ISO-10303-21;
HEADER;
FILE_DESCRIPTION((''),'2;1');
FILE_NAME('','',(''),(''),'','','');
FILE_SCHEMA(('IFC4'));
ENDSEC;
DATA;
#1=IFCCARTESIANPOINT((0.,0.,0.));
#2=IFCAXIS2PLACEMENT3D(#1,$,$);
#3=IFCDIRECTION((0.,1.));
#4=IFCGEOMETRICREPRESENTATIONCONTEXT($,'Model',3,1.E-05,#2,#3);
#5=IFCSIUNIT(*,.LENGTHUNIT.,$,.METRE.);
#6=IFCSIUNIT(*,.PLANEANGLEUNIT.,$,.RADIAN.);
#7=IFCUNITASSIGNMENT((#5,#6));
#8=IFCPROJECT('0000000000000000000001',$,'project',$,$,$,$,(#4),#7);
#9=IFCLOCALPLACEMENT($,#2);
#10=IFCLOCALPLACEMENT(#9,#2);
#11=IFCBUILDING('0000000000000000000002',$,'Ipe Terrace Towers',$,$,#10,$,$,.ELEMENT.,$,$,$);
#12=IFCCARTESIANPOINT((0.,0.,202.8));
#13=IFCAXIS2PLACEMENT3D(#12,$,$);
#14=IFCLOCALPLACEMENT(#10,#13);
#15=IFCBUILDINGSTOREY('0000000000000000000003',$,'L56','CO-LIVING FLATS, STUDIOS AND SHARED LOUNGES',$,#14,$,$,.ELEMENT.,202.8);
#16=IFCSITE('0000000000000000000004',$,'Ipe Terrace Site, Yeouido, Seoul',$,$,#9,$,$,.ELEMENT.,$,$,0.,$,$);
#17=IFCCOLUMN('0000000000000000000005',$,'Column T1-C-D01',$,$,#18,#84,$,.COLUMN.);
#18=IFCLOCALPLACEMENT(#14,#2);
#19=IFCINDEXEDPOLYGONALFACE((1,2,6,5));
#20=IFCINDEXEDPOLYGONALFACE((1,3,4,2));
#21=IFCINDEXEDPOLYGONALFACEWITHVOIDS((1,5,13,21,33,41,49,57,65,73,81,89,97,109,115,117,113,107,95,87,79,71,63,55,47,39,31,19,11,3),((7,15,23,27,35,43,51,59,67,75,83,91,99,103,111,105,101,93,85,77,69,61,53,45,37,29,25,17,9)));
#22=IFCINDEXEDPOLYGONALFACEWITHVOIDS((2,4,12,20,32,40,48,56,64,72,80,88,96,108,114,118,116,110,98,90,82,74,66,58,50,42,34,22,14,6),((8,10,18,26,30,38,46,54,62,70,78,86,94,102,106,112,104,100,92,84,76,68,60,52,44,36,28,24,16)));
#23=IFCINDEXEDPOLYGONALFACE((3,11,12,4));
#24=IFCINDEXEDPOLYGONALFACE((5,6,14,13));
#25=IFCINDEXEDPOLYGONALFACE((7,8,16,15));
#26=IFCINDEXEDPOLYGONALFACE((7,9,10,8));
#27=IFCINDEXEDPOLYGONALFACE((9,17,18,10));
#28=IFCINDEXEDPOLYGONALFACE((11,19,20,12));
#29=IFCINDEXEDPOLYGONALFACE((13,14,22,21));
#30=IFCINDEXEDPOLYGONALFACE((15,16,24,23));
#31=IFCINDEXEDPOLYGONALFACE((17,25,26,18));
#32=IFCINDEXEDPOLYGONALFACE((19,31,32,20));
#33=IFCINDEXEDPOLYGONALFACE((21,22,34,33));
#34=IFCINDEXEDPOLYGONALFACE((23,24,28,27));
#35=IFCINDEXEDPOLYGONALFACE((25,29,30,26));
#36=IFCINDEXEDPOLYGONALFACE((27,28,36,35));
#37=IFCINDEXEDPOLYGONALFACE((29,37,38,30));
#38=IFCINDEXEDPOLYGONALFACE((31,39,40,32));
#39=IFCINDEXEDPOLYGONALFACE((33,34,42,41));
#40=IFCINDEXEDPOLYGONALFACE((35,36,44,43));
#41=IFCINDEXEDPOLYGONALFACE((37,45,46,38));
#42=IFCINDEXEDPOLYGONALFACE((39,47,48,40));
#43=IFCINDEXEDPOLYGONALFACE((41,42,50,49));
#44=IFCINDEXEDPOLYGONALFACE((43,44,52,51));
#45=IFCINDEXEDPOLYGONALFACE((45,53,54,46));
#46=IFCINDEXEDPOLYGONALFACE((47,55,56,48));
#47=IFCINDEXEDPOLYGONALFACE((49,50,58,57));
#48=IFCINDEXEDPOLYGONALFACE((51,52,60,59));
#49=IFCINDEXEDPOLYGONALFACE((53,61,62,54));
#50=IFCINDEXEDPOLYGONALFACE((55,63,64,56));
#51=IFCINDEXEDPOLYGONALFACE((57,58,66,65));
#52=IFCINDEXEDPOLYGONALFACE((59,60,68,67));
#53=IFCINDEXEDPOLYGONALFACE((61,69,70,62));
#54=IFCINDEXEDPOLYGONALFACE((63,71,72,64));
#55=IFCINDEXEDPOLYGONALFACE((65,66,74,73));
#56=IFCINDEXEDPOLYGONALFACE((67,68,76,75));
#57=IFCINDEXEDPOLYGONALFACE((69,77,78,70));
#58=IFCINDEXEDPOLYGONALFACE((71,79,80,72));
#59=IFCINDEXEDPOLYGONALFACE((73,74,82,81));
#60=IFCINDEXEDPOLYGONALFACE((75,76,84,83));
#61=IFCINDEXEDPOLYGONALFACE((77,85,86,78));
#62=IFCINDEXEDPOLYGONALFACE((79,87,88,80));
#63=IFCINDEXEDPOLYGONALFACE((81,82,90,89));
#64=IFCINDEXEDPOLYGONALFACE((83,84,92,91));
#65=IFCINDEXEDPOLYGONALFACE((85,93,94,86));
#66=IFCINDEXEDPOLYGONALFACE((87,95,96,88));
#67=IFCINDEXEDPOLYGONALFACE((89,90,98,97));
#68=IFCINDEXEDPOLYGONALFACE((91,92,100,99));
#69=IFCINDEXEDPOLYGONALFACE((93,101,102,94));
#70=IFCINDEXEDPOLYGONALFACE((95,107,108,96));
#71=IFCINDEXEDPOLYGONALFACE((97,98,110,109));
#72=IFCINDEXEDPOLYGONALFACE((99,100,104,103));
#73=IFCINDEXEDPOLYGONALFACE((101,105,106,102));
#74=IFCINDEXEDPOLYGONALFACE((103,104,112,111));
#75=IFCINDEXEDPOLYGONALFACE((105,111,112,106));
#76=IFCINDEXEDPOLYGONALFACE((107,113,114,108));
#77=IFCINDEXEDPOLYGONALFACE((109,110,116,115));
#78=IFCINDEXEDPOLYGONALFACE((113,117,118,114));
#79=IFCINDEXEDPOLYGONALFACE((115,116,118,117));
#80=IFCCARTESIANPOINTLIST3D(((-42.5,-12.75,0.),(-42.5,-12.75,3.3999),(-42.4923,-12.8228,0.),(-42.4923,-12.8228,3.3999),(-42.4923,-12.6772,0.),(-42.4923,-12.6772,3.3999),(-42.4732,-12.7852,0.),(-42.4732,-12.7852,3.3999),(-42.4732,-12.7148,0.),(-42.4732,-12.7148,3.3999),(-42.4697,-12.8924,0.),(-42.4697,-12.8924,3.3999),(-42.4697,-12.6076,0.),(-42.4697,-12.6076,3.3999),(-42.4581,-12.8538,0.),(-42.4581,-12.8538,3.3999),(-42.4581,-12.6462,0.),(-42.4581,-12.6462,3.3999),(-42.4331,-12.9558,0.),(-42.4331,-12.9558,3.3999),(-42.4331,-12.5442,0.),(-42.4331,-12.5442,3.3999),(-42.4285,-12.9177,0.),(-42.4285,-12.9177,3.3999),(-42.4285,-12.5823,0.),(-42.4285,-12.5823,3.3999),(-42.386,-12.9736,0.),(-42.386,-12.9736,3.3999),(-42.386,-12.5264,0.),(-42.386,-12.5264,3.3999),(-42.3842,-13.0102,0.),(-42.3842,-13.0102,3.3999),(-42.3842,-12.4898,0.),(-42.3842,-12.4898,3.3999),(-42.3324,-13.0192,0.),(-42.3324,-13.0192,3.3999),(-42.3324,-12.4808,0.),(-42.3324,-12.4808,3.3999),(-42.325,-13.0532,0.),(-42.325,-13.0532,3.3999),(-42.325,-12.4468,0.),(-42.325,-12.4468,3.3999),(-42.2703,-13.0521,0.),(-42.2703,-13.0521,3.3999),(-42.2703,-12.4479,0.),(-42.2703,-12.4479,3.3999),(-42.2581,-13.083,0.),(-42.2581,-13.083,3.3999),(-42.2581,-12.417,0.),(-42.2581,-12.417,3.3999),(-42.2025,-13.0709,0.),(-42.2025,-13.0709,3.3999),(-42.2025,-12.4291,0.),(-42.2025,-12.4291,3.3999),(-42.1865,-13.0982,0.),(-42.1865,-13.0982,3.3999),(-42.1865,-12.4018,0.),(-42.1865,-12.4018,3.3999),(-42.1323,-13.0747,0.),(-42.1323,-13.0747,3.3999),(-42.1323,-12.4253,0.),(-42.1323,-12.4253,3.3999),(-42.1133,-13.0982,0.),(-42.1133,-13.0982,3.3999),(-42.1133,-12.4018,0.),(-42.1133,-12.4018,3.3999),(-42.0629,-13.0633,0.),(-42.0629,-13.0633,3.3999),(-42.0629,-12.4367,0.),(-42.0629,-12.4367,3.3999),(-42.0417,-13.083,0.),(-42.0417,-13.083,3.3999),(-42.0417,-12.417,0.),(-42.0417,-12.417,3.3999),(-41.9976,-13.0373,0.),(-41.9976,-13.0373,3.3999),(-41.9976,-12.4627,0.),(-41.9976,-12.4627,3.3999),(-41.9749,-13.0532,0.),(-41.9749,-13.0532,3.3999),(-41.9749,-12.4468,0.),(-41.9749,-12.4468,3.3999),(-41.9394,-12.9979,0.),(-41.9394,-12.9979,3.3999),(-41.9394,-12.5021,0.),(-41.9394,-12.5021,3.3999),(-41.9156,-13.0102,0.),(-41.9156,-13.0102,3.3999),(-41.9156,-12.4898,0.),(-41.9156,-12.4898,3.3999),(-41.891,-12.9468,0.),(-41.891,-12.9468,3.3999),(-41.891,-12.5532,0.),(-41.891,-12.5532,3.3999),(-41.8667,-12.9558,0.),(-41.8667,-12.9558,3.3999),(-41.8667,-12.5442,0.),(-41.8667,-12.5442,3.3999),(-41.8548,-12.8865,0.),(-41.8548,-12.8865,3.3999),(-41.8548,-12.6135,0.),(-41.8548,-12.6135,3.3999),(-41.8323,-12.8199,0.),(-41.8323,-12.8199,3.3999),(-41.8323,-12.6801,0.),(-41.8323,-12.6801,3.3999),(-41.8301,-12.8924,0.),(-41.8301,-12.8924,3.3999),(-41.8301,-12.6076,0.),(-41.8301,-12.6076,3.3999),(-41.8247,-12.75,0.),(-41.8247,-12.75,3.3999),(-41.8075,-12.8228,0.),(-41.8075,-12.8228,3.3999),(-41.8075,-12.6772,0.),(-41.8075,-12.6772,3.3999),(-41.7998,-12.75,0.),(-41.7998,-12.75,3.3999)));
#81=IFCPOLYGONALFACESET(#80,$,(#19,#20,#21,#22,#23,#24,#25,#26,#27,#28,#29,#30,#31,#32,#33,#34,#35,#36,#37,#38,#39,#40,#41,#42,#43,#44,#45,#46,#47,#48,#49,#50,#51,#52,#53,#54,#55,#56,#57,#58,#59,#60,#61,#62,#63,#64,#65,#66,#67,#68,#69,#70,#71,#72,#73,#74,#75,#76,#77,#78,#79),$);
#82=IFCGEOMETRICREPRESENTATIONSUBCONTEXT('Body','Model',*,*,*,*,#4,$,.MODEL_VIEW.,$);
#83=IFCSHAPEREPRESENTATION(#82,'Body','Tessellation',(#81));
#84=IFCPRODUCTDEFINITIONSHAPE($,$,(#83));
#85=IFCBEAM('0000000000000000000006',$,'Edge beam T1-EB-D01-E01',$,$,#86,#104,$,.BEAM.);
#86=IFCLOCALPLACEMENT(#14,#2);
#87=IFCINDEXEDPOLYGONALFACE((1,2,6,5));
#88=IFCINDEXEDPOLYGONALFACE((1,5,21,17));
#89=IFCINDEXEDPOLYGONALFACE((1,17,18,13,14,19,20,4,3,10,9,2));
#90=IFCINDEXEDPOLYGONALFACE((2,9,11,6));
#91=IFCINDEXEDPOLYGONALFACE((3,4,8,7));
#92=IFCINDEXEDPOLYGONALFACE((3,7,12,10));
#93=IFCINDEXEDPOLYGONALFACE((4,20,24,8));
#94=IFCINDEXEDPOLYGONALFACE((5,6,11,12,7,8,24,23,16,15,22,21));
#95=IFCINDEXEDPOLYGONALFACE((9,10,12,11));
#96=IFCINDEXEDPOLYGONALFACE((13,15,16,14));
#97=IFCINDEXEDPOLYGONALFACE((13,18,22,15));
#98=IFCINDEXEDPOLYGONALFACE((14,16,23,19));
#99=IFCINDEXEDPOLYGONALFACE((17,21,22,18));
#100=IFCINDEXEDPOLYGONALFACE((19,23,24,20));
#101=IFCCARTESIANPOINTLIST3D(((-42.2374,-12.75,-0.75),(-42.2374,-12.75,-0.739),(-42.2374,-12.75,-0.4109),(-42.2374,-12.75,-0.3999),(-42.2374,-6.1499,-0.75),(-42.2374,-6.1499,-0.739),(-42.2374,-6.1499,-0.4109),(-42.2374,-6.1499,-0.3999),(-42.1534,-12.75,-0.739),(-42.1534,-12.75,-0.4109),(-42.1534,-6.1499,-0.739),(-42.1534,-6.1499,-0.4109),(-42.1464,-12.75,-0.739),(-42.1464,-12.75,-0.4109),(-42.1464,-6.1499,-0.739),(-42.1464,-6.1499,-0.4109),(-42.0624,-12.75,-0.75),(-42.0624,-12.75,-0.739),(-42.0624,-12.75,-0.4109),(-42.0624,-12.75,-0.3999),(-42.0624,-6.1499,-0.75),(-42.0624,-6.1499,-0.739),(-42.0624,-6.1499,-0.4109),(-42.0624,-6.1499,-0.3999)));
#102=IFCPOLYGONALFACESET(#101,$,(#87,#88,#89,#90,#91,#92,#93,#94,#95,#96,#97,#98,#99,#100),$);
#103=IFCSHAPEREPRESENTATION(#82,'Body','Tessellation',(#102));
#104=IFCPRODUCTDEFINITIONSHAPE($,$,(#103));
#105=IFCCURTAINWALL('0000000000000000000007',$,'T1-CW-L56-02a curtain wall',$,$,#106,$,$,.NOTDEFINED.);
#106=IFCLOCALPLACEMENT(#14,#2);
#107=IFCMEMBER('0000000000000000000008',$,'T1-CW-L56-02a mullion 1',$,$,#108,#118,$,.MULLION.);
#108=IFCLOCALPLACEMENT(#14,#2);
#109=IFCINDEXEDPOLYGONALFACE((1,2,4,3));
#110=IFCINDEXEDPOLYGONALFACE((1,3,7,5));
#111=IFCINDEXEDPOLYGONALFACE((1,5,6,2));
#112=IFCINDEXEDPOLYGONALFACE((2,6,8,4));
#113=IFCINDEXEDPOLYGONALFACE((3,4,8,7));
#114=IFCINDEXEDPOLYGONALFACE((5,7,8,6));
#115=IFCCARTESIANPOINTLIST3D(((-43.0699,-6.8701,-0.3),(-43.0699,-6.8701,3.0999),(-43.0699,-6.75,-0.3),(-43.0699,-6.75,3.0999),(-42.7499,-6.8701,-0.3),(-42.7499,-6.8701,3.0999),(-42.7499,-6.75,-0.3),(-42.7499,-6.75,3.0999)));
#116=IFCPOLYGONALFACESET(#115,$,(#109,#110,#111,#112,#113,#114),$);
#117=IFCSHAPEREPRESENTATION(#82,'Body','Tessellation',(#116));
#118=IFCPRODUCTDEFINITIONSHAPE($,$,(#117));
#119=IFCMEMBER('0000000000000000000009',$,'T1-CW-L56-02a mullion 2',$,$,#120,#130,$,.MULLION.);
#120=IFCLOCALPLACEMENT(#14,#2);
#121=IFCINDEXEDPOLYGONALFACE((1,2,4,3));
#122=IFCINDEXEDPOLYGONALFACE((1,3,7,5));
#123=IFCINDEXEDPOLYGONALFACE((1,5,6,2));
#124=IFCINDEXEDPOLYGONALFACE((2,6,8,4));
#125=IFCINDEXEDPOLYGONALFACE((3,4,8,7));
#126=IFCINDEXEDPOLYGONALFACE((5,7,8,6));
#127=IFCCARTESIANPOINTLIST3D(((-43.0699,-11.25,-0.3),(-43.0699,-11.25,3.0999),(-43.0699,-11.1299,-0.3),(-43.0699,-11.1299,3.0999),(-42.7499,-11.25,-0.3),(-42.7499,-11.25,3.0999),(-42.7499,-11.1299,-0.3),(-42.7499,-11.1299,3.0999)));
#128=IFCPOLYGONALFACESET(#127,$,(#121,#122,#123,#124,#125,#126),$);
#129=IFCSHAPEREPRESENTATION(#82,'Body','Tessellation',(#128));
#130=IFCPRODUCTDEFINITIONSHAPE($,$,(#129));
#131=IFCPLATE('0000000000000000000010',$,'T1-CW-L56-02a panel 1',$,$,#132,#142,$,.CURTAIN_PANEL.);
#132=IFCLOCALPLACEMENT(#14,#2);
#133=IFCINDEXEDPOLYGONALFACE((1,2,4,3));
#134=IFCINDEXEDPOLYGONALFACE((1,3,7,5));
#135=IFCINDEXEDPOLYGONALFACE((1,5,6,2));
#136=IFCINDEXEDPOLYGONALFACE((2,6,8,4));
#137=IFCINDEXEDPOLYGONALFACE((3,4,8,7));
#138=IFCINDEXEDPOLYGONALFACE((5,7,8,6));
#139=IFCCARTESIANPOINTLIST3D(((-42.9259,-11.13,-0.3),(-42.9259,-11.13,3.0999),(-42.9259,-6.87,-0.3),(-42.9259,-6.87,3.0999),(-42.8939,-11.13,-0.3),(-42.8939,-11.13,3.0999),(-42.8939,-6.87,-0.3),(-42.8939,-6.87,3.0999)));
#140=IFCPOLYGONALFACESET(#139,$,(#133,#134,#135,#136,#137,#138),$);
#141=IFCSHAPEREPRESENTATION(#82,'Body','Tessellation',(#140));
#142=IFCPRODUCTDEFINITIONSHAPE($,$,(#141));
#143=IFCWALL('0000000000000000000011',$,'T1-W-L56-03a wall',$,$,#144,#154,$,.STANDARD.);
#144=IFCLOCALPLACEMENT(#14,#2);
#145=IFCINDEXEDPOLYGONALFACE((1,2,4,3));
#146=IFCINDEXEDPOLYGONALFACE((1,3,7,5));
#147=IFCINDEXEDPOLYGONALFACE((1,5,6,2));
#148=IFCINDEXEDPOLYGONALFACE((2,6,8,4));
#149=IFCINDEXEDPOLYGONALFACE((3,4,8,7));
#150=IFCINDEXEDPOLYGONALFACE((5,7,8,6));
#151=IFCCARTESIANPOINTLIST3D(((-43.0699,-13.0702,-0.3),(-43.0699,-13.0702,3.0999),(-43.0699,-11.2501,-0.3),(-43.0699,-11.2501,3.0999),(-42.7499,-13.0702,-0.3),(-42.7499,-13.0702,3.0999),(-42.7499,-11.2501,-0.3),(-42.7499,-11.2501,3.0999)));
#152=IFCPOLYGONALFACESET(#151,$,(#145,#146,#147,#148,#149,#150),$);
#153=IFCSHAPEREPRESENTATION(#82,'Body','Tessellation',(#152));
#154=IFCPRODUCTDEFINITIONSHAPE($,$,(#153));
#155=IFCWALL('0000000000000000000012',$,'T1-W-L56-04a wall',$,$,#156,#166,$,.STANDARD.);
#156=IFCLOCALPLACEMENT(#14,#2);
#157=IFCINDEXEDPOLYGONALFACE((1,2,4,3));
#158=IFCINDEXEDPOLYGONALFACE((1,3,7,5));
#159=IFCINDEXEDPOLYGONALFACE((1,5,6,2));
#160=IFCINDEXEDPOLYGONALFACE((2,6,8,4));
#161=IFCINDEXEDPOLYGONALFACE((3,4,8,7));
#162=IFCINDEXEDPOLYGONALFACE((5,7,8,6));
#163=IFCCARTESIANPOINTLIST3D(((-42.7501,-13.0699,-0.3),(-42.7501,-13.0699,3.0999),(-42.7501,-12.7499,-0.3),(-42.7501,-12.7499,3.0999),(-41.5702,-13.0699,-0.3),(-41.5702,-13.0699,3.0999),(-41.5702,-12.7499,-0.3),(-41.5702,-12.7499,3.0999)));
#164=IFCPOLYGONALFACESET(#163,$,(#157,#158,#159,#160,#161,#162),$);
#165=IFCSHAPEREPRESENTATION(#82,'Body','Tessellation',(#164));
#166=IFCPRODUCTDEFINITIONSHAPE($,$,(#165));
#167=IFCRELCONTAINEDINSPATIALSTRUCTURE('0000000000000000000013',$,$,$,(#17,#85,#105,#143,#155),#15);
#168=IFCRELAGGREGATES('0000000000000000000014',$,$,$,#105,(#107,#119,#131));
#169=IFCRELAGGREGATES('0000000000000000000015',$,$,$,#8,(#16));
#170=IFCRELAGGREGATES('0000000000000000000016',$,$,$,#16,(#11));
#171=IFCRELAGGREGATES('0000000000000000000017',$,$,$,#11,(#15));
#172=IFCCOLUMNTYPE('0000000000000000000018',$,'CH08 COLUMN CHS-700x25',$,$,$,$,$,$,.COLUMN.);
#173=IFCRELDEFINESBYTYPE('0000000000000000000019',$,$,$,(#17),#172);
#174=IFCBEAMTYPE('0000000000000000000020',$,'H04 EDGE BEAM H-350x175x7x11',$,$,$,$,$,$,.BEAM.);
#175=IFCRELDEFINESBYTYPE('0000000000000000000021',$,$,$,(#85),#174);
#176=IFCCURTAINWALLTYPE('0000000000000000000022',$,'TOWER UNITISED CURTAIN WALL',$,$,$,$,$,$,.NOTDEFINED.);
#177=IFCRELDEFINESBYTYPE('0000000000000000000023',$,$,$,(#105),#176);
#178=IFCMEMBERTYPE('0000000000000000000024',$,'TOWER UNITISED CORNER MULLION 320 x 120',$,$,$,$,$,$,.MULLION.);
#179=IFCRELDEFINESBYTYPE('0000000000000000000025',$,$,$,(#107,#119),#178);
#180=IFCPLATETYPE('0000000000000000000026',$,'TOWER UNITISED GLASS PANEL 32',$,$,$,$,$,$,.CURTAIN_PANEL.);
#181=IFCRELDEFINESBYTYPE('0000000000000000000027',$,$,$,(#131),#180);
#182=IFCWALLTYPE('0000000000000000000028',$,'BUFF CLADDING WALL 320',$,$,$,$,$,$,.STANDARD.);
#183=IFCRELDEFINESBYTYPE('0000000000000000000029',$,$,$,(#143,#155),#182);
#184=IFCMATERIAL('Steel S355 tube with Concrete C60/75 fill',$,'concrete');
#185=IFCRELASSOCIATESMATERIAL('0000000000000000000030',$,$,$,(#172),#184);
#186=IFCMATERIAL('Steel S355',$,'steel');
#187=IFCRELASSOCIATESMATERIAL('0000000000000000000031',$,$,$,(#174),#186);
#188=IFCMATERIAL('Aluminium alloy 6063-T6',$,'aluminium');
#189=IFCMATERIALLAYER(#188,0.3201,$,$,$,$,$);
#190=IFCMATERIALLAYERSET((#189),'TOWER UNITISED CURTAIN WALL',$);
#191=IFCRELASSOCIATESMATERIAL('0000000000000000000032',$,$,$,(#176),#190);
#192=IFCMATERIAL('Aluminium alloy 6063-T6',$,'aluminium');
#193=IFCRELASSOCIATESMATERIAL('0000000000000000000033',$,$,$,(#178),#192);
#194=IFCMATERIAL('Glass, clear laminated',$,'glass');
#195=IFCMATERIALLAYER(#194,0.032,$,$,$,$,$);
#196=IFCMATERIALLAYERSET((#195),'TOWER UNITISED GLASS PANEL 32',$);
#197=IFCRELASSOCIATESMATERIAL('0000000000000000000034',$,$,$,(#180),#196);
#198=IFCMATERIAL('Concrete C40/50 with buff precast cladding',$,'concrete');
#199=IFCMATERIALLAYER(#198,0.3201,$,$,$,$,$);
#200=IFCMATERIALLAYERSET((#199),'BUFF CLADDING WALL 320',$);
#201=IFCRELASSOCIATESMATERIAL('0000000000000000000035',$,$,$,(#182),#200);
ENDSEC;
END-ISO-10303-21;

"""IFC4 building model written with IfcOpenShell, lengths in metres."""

from ifc_helpers import new_model, si_unit, direction, frame, frame_2d, origin, origin_2d, place, context, subcontext, project, spatial, rectangle, hollow_circle, i_section, extrude, material, layer, layer_set, material_profile, profile_set, type_object, element, aggregate, save


model = new_model("IFC4")

# Units and contexts
model_context = context("Model", 3, precision=1e-05, world=origin(), true_north=direction((0.0, 1.0)))
body_context = subcontext(model_context, "Body", "Model", "MODEL_VIEW")
ifc_project = project(units=[si_unit("LENGTHUNIT", "METRE"), si_unit("PLANEANGLEUNIT", "RADIAN")], contexts=[model_context])

# Site, building, storey
site_placement = place(None, origin())
site = spatial("IfcSite", under=ifc_project, at=site_placement, Name="Ipe Terrace Site, Yeouido, Seoul", CompositionType="ELEMENT", RefElevation=0.0)
building_placement = place(site_placement, origin())
building = spatial("IfcBuilding", under=site, at=building_placement, Name="Ipe Terrace Towers", CompositionType="ELEMENT")
storey_placement = place(building_placement, frame((0.0, 0.0, 202.8)))
storey = spatial("IfcBuildingStorey", under=building, at=storey_placement, Name="L56", Description="CO-LIVING FLATS, STUDIOS AND SHARED LOUNGES", CompositionType="ELEMENT", Elevation=202.8)

# Column
ifc_material_1 = material(Name="Steel S355 tube with Concrete C60/75 fill", Category="concrete")
ifc_material_profile_1 = material_profile(ifc_material_1, hollow_circle(Radius=0.3501, WallThickness=0.0249, at=origin_2d()), Name="CHS-700x25")
ifc_profile_set_1 = profile_set([ifc_material_profile_1], Name="Steel S355 tube with Concrete C60/75 fill")
column_type = type_object("IfcColumnType", Name="CH08 COLUMN CHS-700x25", PredefinedType="COLUMN", material=ifc_profile_set_1)
column_placement = place(storey_placement, frame((-42.1499, -12.75, 0.0), z_axis=(0.0, 0.0, 1.0), x_axis=(1.0, 0.0, 0.0)))
element("IfcColumn", 1, at=column_placement, inside=storey, type_object=column_type, Name="Column T1-C-D01", PredefinedType="COLUMN", context=body_context, shape_type="SweptSolid", body=[
    extrude(hollow_circle(Radius=0.3501, WallThickness=0.0249, at=origin_2d()), origin(), (0.0, 0.0, 1.0), 3.3999),
])

# Beam
ifc_material_2 = material(Name="Steel S355", Category="steel")
ifc_material_profile_2 = material_profile(ifc_material_2, i_section(OverallWidth=0.175, OverallDepth=0.3501, WebThickness=0.0071, FlangeThickness=0.011, at=origin_2d()), Name="H-350x175x7x11")
ifc_profile_set_2 = profile_set([ifc_material_profile_2], Name="Steel S355")
beam_type = type_object("IfcBeamType", Name="H04 EDGE BEAM H-350x175x7x11", PredefinedType="BEAM", material=ifc_profile_set_2)
beam_placement = place(storey_placement, frame((-42.1499, -12.75, -0.575), z_axis=(0.0, 1.0, 0.0), x_axis=(-1.0, 0.0, 0.0)))
element("IfcBeam", 2, at=beam_placement, inside=storey, type_object=beam_type, Name="Edge beam T1-EB-D01-E01", PredefinedType="BEAM", context=body_context, shape_type="SweptSolid", body=[
    extrude(i_section(OverallWidth=0.175, OverallDepth=0.3501, WebThickness=0.0071, FlangeThickness=0.011, at=origin_2d()), origin(), (0.0, 0.0, 1.0), 6.6001),
])

# Curtain wall, members, plate
ifc_material_3 = material(Name="Aluminium alloy 6063-T6", Category="aluminium")
ifc_layer_1 = layer(ifc_material_3, 0.3201)
ifc_layer_set_1 = layer_set([ifc_layer_1], Name="TOWER UNITISED CURTAIN WALL")
curtain_wall_type = type_object("IfcCurtainWallType", Name="TOWER UNITISED CURTAIN WALL", PredefinedType="NOTDEFINED", material=ifc_layer_set_1)
curtain_wall_placement = place(storey_placement, origin())
curtain_wall = element("IfcCurtainWall", 3, at=curtain_wall_placement, inside=storey, type_object=curtain_wall_type, Name="T1-CW-L56-02a curtain wall", PredefinedType="NOTDEFINED")
ifc_material_4 = material(Name="Aluminium alloy 6063-T6", Category="aluminium")
ifc_material_profile_3 = material_profile(ifc_material_4, rectangle(XDim=0.3201, YDim=0.1201, at=origin_2d()), Name="TOWER UNITISED CORNER MULLION 320 x 120")
ifc_profile_set_3 = profile_set([ifc_material_profile_3], Name="Aluminium alloy 6063-T6")
member_type = type_object("IfcMemberType", Name="TOWER UNITISED CORNER MULLION 320 x 120", PredefinedType="MULLION", material=ifc_profile_set_3)
member_1_placement = place(storey_placement, frame((-42.9099, -6.8101, -0.3), z_axis=(0.0, 0.0, 1.0), x_axis=(-1.0, 0.0, 0.0)))
member_1 = element("IfcMember", 4, at=member_1_placement, type_object=member_type, Name="T1-CW-L56-02a mullion 1", PredefinedType="MULLION", context=body_context, shape_type="SweptSolid", body=[
    extrude(rectangle(XDim=0.3201, YDim=0.1201, at=origin_2d()), origin(), (0.0, 0.0, 1.0), 3.3999),
])
member_2_placement = place(storey_placement, frame((-42.9099, -11.1899, -0.3), z_axis=(0.0, 0.0, 1.0), x_axis=(-1.0, 0.0, 0.0)))
member_2 = element("IfcMember", 5, at=member_2_placement, type_object=member_type, Name="T1-CW-L56-02a mullion 2", PredefinedType="MULLION", context=body_context, shape_type="SweptSolid", body=[
    extrude(rectangle(XDim=0.3201, YDim=0.1201, at=origin_2d()), origin(), (0.0, 0.0, 1.0), 3.3999),
])
ifc_material_5 = material(Name="Glass, clear laminated", Category="glass")
ifc_layer_2 = layer(ifc_material_5, 0.032)
ifc_layer_set_2 = layer_set([ifc_layer_2], Name="TOWER UNITISED GLASS PANEL 32")
plate_type = type_object("IfcPlateType", Name="TOWER UNITISED GLASS PANEL 32", PredefinedType="CURTAIN_PANEL", material=ifc_layer_set_2)
plate_placement = place(storey_placement, frame((-42.9099, -9.0, -0.3), z_axis=(0.0, 0.0, 1.0), x_axis=(0.0, -1.0, 0.0)))
plate = element("IfcPlate", 6, at=plate_placement, type_object=plate_type, Name="T1-CW-L56-02a panel 1", PredefinedType="CURTAIN_PANEL", context=body_context, shape_type="SweptSolid", body=[
    extrude(rectangle(XDim=4.26, YDim=0.032, at=origin_2d()), origin(), (0.0, 0.0, 1.0), 3.3999),
])
aggregate(curtain_wall, [member_1, member_2, plate])

# Walls
ifc_material_6 = material(Name="Concrete C40/50 with buff precast cladding", Category="concrete")
ifc_layer_3 = layer(ifc_material_6, 0.3201)
ifc_layer_set_3 = layer_set([ifc_layer_3], Name="BUFF CLADDING WALL 320")
wall_type_1 = type_object("IfcWallType", Name="BUFF CLADDING WALL 320", PredefinedType="STANDARD", material=ifc_layer_set_3)
wall_1_placement = place(storey_placement, frame((-42.9099, -11.25, -0.3), z_axis=(0.0, 0.0, 1.0), x_axis=(0.0, -1.0, 0.0)))
element("IfcWall", 7, at=wall_1_placement, inside=storey, type_object=wall_type_1, Name="T1-W-L56-03a wall", PredefinedType="STANDARD", context=body_context, shape_type="SweptSolid", body=[
    extrude(rectangle(XDim=1.8201, YDim=0.3201, at=frame_2d((0.9102, 0.0))), origin(), (0.0, 0.0, 1.0), 3.3999),
])
wall_2_placement = place(storey_placement, frame((-42.75, -12.9099, -0.3), z_axis=(0.0, 0.0, 1.0), x_axis=(1.0, 0.0, 0.0)))
element("IfcWall", 8, at=wall_2_placement, inside=storey, type_object=wall_type_1, Name="T1-W-L56-04a wall", PredefinedType="STANDARD", context=body_context, shape_type="SweptSolid", body=[
    extrude(rectangle(XDim=1.1799, YDim=0.3201, at=frame_2d((0.5898, 0.0))), origin(), (0.0, 0.0, 1.0), 3.3999),
])

save(model, "model.ifc")
